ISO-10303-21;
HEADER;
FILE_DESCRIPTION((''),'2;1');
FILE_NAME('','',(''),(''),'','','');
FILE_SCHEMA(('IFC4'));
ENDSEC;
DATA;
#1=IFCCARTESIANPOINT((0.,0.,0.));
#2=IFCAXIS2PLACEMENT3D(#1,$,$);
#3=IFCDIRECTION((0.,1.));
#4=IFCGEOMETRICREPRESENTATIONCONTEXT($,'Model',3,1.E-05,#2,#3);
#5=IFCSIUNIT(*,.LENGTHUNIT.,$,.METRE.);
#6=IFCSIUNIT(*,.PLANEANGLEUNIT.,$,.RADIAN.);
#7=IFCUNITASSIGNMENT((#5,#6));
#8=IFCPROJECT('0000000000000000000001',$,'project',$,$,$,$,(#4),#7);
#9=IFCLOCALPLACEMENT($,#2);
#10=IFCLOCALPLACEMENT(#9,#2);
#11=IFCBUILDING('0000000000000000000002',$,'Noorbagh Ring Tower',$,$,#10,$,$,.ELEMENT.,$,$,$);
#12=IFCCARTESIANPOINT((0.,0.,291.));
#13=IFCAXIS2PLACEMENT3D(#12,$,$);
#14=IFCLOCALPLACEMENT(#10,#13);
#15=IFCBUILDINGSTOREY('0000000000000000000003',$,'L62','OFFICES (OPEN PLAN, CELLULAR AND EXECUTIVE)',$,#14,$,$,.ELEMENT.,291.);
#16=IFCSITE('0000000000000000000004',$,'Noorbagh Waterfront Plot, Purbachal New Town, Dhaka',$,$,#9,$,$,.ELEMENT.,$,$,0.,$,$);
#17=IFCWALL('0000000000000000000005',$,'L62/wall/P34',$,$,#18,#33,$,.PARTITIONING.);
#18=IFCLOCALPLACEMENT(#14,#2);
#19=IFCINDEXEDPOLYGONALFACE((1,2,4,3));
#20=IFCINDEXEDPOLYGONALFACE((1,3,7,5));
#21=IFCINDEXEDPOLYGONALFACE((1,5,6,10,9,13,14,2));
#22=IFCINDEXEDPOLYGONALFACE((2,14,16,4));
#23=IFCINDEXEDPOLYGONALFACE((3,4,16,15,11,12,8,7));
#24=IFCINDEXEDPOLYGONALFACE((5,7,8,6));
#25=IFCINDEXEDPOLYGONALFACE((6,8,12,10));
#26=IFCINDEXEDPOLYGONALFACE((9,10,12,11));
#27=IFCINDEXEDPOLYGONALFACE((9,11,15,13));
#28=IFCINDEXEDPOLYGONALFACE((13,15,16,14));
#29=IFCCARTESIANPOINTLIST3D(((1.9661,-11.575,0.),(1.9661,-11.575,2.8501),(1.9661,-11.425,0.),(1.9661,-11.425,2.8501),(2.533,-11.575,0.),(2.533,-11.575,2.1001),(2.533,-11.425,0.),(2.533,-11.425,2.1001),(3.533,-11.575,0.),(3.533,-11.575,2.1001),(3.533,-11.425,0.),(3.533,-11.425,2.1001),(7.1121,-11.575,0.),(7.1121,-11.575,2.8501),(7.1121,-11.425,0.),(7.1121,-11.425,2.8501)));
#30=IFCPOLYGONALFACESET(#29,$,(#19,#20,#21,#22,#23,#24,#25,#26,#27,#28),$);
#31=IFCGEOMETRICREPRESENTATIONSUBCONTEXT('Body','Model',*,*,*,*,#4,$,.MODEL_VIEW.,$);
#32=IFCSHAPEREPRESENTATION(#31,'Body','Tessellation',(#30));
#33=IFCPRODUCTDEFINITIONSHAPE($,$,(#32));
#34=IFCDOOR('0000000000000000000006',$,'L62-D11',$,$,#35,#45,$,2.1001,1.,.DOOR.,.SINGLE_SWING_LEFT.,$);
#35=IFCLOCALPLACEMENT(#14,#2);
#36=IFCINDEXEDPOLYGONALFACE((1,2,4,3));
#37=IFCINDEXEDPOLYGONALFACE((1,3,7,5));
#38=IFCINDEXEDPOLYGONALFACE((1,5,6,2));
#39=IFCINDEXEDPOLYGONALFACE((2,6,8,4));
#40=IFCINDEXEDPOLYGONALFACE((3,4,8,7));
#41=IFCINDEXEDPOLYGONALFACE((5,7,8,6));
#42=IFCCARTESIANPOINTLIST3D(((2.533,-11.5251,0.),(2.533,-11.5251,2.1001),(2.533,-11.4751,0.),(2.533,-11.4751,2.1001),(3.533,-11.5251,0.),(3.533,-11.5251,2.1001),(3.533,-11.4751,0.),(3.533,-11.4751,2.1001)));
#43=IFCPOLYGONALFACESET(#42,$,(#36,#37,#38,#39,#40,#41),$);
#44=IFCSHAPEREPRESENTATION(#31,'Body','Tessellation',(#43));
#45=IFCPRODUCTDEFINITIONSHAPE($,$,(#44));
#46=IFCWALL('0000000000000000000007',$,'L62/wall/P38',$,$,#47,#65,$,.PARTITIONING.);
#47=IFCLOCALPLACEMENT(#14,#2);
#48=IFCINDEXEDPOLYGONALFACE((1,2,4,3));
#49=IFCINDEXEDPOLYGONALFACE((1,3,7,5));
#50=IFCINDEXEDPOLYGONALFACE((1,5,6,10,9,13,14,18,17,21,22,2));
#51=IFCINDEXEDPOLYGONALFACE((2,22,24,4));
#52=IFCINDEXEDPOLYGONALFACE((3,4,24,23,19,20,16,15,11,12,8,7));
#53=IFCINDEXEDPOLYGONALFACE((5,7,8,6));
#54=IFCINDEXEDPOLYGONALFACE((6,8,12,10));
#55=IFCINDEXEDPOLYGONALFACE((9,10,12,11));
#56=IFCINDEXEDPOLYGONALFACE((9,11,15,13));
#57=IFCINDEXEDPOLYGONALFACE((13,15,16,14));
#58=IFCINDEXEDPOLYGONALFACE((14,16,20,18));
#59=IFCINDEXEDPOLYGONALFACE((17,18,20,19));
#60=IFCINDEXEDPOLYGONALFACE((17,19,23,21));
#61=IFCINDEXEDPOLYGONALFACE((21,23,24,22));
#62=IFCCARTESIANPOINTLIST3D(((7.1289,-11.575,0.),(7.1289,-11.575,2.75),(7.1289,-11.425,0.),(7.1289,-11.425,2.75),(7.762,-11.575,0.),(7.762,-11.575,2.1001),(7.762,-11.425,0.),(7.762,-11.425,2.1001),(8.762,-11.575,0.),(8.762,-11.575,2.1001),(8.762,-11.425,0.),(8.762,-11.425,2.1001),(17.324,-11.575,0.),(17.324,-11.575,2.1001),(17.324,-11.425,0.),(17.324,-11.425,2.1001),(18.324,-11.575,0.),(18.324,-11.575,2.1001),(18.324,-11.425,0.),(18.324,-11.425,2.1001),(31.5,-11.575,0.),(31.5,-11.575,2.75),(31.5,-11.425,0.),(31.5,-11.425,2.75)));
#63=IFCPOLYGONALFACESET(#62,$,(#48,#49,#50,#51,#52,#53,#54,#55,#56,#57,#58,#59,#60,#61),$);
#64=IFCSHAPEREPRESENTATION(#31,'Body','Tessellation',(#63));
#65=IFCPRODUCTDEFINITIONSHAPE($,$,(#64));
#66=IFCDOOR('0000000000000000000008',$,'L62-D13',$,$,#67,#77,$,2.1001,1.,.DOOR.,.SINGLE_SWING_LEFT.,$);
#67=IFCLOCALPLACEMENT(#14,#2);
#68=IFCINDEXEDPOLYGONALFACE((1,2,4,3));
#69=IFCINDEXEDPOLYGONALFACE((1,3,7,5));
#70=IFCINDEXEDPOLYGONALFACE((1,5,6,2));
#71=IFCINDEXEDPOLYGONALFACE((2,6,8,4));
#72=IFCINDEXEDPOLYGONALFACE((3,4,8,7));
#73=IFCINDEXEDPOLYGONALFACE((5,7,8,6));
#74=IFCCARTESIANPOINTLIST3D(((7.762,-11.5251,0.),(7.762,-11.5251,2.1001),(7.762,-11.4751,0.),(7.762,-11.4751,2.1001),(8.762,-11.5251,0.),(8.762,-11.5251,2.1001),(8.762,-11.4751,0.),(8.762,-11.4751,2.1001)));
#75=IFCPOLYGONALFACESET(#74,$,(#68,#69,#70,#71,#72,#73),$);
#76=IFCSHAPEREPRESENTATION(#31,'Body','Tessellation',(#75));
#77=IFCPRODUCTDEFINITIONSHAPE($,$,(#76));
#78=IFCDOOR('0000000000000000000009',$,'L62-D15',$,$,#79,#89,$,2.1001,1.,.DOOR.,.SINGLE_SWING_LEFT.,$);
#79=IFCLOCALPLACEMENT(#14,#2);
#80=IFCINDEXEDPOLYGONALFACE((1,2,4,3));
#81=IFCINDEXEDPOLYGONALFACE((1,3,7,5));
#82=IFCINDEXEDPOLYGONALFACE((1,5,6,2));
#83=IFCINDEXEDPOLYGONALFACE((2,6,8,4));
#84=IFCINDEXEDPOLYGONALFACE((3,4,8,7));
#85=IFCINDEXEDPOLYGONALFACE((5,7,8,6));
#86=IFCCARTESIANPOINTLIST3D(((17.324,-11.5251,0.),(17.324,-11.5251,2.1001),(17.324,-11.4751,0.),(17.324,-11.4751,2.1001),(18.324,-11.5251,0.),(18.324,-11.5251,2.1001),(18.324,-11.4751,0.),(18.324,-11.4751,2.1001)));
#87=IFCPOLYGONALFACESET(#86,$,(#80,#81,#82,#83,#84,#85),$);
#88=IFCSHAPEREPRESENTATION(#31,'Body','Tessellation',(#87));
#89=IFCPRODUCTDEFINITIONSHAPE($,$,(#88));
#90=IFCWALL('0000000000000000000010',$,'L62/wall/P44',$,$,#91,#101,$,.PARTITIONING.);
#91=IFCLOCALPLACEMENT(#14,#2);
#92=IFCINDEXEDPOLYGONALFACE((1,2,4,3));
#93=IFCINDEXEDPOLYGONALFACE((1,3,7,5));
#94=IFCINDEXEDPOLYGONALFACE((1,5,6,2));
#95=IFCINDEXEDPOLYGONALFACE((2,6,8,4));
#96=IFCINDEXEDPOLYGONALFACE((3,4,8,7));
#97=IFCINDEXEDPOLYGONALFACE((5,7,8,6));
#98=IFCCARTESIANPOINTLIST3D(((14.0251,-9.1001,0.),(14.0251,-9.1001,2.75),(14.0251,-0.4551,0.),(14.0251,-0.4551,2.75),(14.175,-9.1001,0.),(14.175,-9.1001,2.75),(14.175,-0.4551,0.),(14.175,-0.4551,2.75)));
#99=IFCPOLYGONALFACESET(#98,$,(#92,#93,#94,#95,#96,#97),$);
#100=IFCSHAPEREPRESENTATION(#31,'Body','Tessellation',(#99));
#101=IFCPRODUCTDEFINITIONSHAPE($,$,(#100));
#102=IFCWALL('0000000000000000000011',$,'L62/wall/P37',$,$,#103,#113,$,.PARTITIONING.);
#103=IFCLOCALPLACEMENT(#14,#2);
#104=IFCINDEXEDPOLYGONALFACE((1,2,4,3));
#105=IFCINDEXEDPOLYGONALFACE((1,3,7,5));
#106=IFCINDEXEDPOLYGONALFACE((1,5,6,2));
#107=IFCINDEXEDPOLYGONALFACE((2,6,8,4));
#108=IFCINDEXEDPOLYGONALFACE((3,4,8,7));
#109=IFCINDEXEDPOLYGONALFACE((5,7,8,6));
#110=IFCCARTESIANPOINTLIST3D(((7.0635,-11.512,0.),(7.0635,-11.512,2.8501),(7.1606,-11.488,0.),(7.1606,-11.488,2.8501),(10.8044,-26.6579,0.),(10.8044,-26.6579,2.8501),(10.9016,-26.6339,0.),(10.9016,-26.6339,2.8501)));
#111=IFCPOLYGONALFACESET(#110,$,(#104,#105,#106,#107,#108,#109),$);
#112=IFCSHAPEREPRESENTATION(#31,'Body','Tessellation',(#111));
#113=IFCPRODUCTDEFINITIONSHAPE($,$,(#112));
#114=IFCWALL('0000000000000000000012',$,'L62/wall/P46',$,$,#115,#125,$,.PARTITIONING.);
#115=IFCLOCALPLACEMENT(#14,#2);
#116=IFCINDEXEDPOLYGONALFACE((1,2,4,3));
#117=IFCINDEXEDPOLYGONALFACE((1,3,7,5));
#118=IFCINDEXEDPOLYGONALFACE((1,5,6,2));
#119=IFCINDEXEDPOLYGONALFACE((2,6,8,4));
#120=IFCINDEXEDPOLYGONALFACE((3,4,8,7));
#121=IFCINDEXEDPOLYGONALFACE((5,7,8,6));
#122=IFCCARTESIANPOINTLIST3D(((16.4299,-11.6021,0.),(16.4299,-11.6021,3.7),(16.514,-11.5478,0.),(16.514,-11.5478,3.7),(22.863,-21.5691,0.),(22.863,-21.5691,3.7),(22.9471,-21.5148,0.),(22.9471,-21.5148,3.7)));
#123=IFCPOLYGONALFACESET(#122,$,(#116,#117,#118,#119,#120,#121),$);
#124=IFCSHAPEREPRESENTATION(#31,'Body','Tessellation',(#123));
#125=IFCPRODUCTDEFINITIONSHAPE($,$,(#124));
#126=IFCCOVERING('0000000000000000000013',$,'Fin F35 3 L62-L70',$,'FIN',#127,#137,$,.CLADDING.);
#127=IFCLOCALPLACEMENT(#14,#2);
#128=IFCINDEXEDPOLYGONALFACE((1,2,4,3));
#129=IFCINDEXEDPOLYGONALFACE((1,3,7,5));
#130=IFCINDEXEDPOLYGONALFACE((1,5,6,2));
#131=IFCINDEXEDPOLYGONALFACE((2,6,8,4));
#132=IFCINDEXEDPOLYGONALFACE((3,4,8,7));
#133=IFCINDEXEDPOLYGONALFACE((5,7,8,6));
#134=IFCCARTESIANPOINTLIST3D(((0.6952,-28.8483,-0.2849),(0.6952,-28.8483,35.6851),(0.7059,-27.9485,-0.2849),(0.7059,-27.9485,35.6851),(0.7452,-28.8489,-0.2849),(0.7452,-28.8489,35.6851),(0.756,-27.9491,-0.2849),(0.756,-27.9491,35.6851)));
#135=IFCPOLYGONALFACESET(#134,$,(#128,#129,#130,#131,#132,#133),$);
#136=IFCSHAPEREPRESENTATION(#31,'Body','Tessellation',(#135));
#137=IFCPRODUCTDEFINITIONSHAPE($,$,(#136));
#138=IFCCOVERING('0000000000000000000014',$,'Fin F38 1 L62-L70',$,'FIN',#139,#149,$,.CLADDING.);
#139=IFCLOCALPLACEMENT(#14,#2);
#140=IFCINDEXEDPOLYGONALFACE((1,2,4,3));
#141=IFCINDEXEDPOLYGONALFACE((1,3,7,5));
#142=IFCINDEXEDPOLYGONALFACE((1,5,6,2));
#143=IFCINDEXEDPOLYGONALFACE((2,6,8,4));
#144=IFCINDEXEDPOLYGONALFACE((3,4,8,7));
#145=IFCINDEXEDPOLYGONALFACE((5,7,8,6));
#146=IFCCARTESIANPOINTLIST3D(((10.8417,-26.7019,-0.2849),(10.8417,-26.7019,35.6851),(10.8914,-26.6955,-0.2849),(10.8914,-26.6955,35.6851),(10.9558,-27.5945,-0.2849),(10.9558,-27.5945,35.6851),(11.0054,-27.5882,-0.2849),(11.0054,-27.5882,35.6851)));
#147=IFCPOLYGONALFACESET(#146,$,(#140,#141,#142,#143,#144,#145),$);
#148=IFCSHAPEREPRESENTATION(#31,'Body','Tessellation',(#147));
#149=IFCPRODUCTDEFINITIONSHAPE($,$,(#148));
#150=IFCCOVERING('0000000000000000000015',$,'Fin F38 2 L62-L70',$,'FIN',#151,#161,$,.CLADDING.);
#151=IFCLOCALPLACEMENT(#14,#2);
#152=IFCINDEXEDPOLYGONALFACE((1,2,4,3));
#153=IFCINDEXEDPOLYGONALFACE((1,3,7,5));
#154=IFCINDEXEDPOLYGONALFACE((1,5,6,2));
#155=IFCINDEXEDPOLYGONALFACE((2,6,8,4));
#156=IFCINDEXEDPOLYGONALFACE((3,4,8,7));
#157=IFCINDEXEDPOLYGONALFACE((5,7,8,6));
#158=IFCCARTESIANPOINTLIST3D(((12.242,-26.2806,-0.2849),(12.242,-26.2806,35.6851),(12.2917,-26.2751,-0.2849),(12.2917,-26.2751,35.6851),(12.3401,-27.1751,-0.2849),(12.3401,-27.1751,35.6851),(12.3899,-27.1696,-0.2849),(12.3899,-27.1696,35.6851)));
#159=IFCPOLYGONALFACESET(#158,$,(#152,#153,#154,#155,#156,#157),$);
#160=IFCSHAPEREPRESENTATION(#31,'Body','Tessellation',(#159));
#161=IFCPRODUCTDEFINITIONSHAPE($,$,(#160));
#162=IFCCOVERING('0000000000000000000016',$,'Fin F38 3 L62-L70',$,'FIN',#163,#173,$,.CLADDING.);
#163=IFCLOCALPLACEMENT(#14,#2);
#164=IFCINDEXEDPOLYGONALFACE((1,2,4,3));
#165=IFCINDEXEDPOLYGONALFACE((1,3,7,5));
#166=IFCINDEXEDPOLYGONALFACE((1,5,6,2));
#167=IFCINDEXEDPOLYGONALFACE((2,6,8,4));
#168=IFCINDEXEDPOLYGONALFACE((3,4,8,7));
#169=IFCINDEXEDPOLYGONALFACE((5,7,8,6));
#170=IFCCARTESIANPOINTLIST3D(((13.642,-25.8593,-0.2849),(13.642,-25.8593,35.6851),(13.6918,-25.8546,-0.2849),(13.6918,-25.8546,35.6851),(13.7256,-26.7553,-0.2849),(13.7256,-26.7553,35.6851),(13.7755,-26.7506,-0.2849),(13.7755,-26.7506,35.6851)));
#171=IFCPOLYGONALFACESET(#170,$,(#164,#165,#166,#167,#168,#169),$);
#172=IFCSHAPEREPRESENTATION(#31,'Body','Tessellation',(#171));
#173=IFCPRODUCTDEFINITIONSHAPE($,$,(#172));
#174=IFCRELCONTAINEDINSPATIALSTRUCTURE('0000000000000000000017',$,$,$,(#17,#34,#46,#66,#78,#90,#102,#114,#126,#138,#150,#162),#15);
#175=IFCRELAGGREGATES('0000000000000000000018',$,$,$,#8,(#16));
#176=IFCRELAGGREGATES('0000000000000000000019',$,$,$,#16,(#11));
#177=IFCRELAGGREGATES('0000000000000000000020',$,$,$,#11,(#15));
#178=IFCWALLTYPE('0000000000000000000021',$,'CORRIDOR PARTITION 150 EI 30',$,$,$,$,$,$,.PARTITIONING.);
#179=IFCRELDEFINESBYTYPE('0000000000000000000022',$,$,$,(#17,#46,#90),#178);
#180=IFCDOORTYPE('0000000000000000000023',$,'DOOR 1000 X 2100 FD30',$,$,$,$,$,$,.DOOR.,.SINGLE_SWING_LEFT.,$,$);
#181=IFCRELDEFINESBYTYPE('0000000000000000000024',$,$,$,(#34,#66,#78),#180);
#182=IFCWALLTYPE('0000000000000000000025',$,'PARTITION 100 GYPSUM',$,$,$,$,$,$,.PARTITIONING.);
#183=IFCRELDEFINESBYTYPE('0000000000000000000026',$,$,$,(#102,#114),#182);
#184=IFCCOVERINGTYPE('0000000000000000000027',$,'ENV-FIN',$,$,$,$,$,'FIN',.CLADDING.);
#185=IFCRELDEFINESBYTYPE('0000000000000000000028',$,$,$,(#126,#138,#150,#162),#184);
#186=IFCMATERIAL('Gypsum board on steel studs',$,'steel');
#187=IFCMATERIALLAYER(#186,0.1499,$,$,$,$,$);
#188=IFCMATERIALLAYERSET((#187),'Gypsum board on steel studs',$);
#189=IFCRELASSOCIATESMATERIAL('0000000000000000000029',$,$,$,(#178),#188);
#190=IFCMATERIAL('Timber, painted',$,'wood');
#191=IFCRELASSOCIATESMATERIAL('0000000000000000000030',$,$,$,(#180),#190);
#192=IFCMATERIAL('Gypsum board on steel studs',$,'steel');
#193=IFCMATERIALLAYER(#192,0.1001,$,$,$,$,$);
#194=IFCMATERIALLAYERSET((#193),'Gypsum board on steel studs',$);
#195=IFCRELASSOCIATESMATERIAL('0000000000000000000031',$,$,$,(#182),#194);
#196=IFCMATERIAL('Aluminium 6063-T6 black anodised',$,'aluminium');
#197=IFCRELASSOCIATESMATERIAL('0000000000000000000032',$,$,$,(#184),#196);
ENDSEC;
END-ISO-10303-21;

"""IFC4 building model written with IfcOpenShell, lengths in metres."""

from ifc_helpers import new_model, si_unit, direction, frame, frame_2d, origin, origin_2d, place, context, subcontext, project, spatial, rectangle, extrude, material, layer, layer_set, material_profile, profile_set, type_object, element, fill, save


model = new_model("IFC4")

# Units and contexts
model_context = context("Model", 3, precision=1e-05, world=origin(), true_north=direction((0.0, 1.0)))
body_context = subcontext(model_context, "Body", "Model", "MODEL_VIEW")
ifc_project = project(units=[si_unit("LENGTHUNIT", "METRE"), si_unit("PLANEANGLEUNIT", "RADIAN")], contexts=[model_context])

# Site, building, storey
site_placement = place(None, origin())
site = spatial("IfcSite", under=ifc_project, at=site_placement, Name="Noorbagh Waterfront Plot, Purbachal New Town, Dhaka", CompositionType="ELEMENT", RefElevation=0.0)
building_placement = place(site_placement, origin())
building = spatial("IfcBuilding", under=site, at=building_placement, Name="Noorbagh Ring Tower", CompositionType="ELEMENT")
storey_placement = place(building_placement, frame((0.0, 0.0, 291.0)))
storey = spatial("IfcBuildingStorey", under=building, at=storey_placement, Name="L62", Description="OFFICES (OPEN PLAN, CELLULAR AND EXECUTIVE)", CompositionType="ELEMENT", Elevation=291.0)

# Shared definitions
ifc_material_1 = material(Name="Gypsum board on steel studs", Category="steel")
ifc_layer_1 = layer(ifc_material_1, 0.1499)
ifc_layer_set_1 = layer_set([ifc_layer_1], Name="Gypsum board on steel studs")
wall_type_1 = type_object("IfcWallType", Name="CORRIDOR PARTITION 150 EI 30", PredefinedType="PARTITIONING", material=ifc_layer_set_1)

# Wall, opening, door
ifc_material_2 = material(Name="Timber, painted", Category="wood")
door_type = type_object("IfcDoorType", Name="DOOR 1000 X 2100 FD30", OperationType="SINGLE_SWING_LEFT", PredefinedType="DOOR", material=ifc_material_2)
wall_1_placement = place(storey_placement, frame((1.9661, -11.5, 0.0), z_axis=(0.0, 0.0, 1.0), x_axis=(1.0, 0.0, 0.0)))
wall_1 = element("IfcWall", 1, at=wall_1_placement, inside=storey, type_object=wall_type_1, Name="L62/wall/P34", PredefinedType="PARTITIONING", context=body_context, shape_type="SweptSolid", body=[
    extrude(rectangle(XDim=5.146, YDim=0.1499, at=frame_2d((2.573, 0.0))), origin(), (0.0, 0.0, 1.0), 2.8501),
])
opening_1_placement = place(wall_1_placement, frame((0.5669, 0.0, 0.0)))
opening_1 = element("IfcOpeningElement", 2, at=opening_1_placement, cuts=wall_1, PredefinedType="OPENING", context=body_context, shape_type="SweptSolid", body=[
    extrude(rectangle(XDim=1.0, YDim=2.1001, at=frame_2d((0.5, 1.05))), frame((0.0, 0.085, 0.0), z_axis=(0.0, -1.0, 0.0), x_axis=(1.0, 0.0, 0.0)), (0.0, 0.0, 1.0), 0.1699),
])
door_1_placement = place(opening_1_placement, origin())
door_1 = element("IfcDoor", 3, at=door_1_placement, inside=storey, type_object=door_type, Name="L62-D11", OperationType="SINGLE_SWING_LEFT", OverallHeight=2.1001, OverallWidth=1.0, PredefinedType="DOOR", context=body_context, shape_type="SweptSolid", body=[
    extrude(rectangle(XDim=1.0, YDim=2.1001, at=frame_2d((0.5, 1.05))), frame((0.0, 0.0249, 0.0), z_axis=(0.0, -1.0, 0.0), x_axis=(1.0, 0.0, 0.0)), (0.0, 0.0, 1.0), 0.05),
])
fill(opening_1, door_1)

# Wall, openings, doors
wall_2_placement = place(storey_placement, frame((7.1289, -11.5, 0.0), z_axis=(0.0, 0.0, 1.0), x_axis=(1.0, 0.0, 0.0)))
wall_2 = element("IfcWall", 4, at=wall_2_placement, inside=storey, type_object=wall_type_1, Name="L62/wall/P38", PredefinedType="PARTITIONING", context=body_context, shape_type="SweptSolid", body=[
    extrude(rectangle(XDim=24.3711, YDim=0.1499, at=frame_2d((12.1855, 0.0))), origin(), (0.0, 0.0, 1.0), 2.75),
])
opening_2_placement = place(wall_2_placement, frame((0.6331, 0.0, 0.0)))
opening_2 = element("IfcOpeningElement", 5, at=opening_2_placement, cuts=wall_2, PredefinedType="OPENING", context=body_context, shape_type="SweptSolid", body=[
    extrude(rectangle(XDim=1.0, YDim=2.1001, at=frame_2d((0.5, 1.05))), frame((0.0, 0.085, 0.0), z_axis=(0.0, -1.0, 0.0), x_axis=(1.0, 0.0, 0.0)), (0.0, 0.0, 1.0), 0.1699),
])
opening_3_placement = place(wall_2_placement, frame((10.1951, 0.0, 0.0)))
opening_3 = element("IfcOpeningElement", 6, at=opening_3_placement, cuts=wall_2, PredefinedType="OPENING", context=body_context, shape_type="SweptSolid", body=[
    extrude(rectangle(XDim=1.0, YDim=2.1001, at=frame_2d((0.5, 1.05))), frame((0.0, 0.085, 0.0), z_axis=(0.0, -1.0, 0.0), x_axis=(1.0, 0.0, 0.0)), (0.0, 0.0, 1.0), 0.1699),
])
door_2_placement = place(opening_2_placement, origin())
door_2 = element("IfcDoor", 7, at=door_2_placement, inside=storey, type_object=door_type, Name="L62-D13", OperationType="SINGLE_SWING_LEFT", OverallHeight=2.1001, OverallWidth=1.0, PredefinedType="DOOR", context=body_context, shape_type="SweptSolid", body=[
    extrude(rectangle(XDim=1.0, YDim=2.1001, at=frame_2d((0.5, 1.05))), frame((0.0, 0.0249, 0.0), z_axis=(0.0, -1.0, 0.0), x_axis=(1.0, 0.0, 0.0)), (0.0, 0.0, 1.0), 0.05),
])
fill(opening_2, door_2)
door_3_placement = place(opening_3_placement, origin())
door_3 = element("IfcDoor", 8, at=door_3_placement, inside=storey, type_object=door_type, Name="L62-D15", OperationType="SINGLE_SWING_LEFT", OverallHeight=2.1001, OverallWidth=1.0, PredefinedType="DOOR", context=body_context, shape_type="SweptSolid", body=[
    extrude(rectangle(XDim=1.0, YDim=2.1001, at=frame_2d((0.5, 1.05))), frame((0.0, 0.0249, 0.0), z_axis=(0.0, -1.0, 0.0), x_axis=(1.0, 0.0, 0.0)), (0.0, 0.0, 1.0), 0.05),
])
fill(opening_3, door_3)

# Walls
wall_3_placement = place(storey_placement, frame((14.1001, -9.1001, 0.0), z_axis=(0.0, 0.0, 1.0), x_axis=(0.0, 1.0, 0.0)))
element("IfcWall", 9, at=wall_3_placement, inside=storey, type_object=wall_type_1, Name="L62/wall/P44", PredefinedType="PARTITIONING", context=body_context, shape_type="SweptSolid", body=[
    extrude(rectangle(XDim=8.645, YDim=0.1499, at=frame_2d((4.3225, 0.0))), origin(), (0.0, 0.0, 1.0), 2.75),
])
ifc_material_3 = material(Name="Gypsum board on steel studs", Category="steel")
ifc_layer_2 = layer(ifc_material_3, 0.1001)
ifc_layer_set_2 = layer_set([ifc_layer_2], Name="Gypsum board on steel studs")
wall_type_2 = type_object("IfcWallType", Name="PARTITION 100 GYPSUM", PredefinedType="PARTITIONING", material=ifc_layer_set_2)
wall_4_placement = place(storey_placement, frame((7.1121, -11.5, 0.0), z_axis=(0.0, 0.0, 1.0), x_axis=(0.239788, -0.970825, 0.0)))
element("IfcWall", 10, at=wall_4_placement, inside=storey, type_object=wall_type_2, Name="L62/wall/P37", PredefinedType="PARTITIONING", context=body_context, shape_type="SweptSolid", body=[
    extrude(rectangle(XDim=15.6011, YDim=0.1001, at=frame_2d((7.8005, 0.0))), origin(), (0.0, 0.0, 1.0), 2.8501),
])
wall_5_placement = place(storey_placement, frame((16.4719, -11.575, 0.0), z_axis=(0.0, 0.0, 1.0), x_axis=(0.542291, -0.840191, 0.0)))
element("IfcWall", 11, at=wall_5_placement, inside=storey, type_object=wall_type_2, Name="L62/wall/P46", PredefinedType="PARTITIONING", context=body_context, shape_type="SweptSolid", body=[
    extrude(rectangle(XDim=11.8628, YDim=0.1001, at=frame_2d((5.9314, 0.0))), origin(), (0.0, 0.0, 1.0), 3.7),
])

# Coverings
ifc_material_4 = material(Name="Aluminium 6063-T6 black anodised", Category="aluminium")
ifc_material_profile_1 = material_profile(ifc_material_4, rectangle(XDim=0.8999, YDim=0.05, at=origin_2d()), Name="900x50")
ifc_profile_set_1 = profile_set([ifc_material_profile_1], Name="Aluminium 6063-T6 black anodised")
covering_type = type_object("IfcCoveringType", Name="ENV-FIN", ElementType="FIN", PredefinedType="CLADDING", material=ifc_profile_set_1)
for number, where, z_axis, x_axis, name in (
    (12, (0.7256, -28.3987, -0.2849), (0.0, 0.0, 1.0), (-0.011915, -0.999929, 0.0), "Fin F35 3 L62-L70"),
    (13, (10.9236, -27.145, -0.2849), (0.0, 0.0, 1.0), (0.126759, -0.991933, 0.0), "Fin F38 1 L62-L70"),
    (14, (12.3159, -26.7251, -0.2849), (0.0, 0.0, 1.0), (0.109101, -0.994031, 0.0), "Fin F38 2 L62-L70"),
    (15, (13.7087, -26.3049, -0.2849), (0.0, 0.0, 1.0), (0.092918, -0.995674, 0.0), "Fin F38 3 L62-L70"),
):
    element("IfcCovering", number, at=place(storey_placement, frame(where, z_axis=z_axis, x_axis=x_axis)), inside=storey, type_object=covering_type, Name=name, ObjectType="FIN", PredefinedType="CLADDING", context=body_context, shape_type="SweptSolid", body=[
        extrude(rectangle(XDim=0.8999, YDim=0.05, at=origin_2d()), origin(), (0.0, 0.0, 1.0), 35.97),
    ])

save(model, "model.ifc")
